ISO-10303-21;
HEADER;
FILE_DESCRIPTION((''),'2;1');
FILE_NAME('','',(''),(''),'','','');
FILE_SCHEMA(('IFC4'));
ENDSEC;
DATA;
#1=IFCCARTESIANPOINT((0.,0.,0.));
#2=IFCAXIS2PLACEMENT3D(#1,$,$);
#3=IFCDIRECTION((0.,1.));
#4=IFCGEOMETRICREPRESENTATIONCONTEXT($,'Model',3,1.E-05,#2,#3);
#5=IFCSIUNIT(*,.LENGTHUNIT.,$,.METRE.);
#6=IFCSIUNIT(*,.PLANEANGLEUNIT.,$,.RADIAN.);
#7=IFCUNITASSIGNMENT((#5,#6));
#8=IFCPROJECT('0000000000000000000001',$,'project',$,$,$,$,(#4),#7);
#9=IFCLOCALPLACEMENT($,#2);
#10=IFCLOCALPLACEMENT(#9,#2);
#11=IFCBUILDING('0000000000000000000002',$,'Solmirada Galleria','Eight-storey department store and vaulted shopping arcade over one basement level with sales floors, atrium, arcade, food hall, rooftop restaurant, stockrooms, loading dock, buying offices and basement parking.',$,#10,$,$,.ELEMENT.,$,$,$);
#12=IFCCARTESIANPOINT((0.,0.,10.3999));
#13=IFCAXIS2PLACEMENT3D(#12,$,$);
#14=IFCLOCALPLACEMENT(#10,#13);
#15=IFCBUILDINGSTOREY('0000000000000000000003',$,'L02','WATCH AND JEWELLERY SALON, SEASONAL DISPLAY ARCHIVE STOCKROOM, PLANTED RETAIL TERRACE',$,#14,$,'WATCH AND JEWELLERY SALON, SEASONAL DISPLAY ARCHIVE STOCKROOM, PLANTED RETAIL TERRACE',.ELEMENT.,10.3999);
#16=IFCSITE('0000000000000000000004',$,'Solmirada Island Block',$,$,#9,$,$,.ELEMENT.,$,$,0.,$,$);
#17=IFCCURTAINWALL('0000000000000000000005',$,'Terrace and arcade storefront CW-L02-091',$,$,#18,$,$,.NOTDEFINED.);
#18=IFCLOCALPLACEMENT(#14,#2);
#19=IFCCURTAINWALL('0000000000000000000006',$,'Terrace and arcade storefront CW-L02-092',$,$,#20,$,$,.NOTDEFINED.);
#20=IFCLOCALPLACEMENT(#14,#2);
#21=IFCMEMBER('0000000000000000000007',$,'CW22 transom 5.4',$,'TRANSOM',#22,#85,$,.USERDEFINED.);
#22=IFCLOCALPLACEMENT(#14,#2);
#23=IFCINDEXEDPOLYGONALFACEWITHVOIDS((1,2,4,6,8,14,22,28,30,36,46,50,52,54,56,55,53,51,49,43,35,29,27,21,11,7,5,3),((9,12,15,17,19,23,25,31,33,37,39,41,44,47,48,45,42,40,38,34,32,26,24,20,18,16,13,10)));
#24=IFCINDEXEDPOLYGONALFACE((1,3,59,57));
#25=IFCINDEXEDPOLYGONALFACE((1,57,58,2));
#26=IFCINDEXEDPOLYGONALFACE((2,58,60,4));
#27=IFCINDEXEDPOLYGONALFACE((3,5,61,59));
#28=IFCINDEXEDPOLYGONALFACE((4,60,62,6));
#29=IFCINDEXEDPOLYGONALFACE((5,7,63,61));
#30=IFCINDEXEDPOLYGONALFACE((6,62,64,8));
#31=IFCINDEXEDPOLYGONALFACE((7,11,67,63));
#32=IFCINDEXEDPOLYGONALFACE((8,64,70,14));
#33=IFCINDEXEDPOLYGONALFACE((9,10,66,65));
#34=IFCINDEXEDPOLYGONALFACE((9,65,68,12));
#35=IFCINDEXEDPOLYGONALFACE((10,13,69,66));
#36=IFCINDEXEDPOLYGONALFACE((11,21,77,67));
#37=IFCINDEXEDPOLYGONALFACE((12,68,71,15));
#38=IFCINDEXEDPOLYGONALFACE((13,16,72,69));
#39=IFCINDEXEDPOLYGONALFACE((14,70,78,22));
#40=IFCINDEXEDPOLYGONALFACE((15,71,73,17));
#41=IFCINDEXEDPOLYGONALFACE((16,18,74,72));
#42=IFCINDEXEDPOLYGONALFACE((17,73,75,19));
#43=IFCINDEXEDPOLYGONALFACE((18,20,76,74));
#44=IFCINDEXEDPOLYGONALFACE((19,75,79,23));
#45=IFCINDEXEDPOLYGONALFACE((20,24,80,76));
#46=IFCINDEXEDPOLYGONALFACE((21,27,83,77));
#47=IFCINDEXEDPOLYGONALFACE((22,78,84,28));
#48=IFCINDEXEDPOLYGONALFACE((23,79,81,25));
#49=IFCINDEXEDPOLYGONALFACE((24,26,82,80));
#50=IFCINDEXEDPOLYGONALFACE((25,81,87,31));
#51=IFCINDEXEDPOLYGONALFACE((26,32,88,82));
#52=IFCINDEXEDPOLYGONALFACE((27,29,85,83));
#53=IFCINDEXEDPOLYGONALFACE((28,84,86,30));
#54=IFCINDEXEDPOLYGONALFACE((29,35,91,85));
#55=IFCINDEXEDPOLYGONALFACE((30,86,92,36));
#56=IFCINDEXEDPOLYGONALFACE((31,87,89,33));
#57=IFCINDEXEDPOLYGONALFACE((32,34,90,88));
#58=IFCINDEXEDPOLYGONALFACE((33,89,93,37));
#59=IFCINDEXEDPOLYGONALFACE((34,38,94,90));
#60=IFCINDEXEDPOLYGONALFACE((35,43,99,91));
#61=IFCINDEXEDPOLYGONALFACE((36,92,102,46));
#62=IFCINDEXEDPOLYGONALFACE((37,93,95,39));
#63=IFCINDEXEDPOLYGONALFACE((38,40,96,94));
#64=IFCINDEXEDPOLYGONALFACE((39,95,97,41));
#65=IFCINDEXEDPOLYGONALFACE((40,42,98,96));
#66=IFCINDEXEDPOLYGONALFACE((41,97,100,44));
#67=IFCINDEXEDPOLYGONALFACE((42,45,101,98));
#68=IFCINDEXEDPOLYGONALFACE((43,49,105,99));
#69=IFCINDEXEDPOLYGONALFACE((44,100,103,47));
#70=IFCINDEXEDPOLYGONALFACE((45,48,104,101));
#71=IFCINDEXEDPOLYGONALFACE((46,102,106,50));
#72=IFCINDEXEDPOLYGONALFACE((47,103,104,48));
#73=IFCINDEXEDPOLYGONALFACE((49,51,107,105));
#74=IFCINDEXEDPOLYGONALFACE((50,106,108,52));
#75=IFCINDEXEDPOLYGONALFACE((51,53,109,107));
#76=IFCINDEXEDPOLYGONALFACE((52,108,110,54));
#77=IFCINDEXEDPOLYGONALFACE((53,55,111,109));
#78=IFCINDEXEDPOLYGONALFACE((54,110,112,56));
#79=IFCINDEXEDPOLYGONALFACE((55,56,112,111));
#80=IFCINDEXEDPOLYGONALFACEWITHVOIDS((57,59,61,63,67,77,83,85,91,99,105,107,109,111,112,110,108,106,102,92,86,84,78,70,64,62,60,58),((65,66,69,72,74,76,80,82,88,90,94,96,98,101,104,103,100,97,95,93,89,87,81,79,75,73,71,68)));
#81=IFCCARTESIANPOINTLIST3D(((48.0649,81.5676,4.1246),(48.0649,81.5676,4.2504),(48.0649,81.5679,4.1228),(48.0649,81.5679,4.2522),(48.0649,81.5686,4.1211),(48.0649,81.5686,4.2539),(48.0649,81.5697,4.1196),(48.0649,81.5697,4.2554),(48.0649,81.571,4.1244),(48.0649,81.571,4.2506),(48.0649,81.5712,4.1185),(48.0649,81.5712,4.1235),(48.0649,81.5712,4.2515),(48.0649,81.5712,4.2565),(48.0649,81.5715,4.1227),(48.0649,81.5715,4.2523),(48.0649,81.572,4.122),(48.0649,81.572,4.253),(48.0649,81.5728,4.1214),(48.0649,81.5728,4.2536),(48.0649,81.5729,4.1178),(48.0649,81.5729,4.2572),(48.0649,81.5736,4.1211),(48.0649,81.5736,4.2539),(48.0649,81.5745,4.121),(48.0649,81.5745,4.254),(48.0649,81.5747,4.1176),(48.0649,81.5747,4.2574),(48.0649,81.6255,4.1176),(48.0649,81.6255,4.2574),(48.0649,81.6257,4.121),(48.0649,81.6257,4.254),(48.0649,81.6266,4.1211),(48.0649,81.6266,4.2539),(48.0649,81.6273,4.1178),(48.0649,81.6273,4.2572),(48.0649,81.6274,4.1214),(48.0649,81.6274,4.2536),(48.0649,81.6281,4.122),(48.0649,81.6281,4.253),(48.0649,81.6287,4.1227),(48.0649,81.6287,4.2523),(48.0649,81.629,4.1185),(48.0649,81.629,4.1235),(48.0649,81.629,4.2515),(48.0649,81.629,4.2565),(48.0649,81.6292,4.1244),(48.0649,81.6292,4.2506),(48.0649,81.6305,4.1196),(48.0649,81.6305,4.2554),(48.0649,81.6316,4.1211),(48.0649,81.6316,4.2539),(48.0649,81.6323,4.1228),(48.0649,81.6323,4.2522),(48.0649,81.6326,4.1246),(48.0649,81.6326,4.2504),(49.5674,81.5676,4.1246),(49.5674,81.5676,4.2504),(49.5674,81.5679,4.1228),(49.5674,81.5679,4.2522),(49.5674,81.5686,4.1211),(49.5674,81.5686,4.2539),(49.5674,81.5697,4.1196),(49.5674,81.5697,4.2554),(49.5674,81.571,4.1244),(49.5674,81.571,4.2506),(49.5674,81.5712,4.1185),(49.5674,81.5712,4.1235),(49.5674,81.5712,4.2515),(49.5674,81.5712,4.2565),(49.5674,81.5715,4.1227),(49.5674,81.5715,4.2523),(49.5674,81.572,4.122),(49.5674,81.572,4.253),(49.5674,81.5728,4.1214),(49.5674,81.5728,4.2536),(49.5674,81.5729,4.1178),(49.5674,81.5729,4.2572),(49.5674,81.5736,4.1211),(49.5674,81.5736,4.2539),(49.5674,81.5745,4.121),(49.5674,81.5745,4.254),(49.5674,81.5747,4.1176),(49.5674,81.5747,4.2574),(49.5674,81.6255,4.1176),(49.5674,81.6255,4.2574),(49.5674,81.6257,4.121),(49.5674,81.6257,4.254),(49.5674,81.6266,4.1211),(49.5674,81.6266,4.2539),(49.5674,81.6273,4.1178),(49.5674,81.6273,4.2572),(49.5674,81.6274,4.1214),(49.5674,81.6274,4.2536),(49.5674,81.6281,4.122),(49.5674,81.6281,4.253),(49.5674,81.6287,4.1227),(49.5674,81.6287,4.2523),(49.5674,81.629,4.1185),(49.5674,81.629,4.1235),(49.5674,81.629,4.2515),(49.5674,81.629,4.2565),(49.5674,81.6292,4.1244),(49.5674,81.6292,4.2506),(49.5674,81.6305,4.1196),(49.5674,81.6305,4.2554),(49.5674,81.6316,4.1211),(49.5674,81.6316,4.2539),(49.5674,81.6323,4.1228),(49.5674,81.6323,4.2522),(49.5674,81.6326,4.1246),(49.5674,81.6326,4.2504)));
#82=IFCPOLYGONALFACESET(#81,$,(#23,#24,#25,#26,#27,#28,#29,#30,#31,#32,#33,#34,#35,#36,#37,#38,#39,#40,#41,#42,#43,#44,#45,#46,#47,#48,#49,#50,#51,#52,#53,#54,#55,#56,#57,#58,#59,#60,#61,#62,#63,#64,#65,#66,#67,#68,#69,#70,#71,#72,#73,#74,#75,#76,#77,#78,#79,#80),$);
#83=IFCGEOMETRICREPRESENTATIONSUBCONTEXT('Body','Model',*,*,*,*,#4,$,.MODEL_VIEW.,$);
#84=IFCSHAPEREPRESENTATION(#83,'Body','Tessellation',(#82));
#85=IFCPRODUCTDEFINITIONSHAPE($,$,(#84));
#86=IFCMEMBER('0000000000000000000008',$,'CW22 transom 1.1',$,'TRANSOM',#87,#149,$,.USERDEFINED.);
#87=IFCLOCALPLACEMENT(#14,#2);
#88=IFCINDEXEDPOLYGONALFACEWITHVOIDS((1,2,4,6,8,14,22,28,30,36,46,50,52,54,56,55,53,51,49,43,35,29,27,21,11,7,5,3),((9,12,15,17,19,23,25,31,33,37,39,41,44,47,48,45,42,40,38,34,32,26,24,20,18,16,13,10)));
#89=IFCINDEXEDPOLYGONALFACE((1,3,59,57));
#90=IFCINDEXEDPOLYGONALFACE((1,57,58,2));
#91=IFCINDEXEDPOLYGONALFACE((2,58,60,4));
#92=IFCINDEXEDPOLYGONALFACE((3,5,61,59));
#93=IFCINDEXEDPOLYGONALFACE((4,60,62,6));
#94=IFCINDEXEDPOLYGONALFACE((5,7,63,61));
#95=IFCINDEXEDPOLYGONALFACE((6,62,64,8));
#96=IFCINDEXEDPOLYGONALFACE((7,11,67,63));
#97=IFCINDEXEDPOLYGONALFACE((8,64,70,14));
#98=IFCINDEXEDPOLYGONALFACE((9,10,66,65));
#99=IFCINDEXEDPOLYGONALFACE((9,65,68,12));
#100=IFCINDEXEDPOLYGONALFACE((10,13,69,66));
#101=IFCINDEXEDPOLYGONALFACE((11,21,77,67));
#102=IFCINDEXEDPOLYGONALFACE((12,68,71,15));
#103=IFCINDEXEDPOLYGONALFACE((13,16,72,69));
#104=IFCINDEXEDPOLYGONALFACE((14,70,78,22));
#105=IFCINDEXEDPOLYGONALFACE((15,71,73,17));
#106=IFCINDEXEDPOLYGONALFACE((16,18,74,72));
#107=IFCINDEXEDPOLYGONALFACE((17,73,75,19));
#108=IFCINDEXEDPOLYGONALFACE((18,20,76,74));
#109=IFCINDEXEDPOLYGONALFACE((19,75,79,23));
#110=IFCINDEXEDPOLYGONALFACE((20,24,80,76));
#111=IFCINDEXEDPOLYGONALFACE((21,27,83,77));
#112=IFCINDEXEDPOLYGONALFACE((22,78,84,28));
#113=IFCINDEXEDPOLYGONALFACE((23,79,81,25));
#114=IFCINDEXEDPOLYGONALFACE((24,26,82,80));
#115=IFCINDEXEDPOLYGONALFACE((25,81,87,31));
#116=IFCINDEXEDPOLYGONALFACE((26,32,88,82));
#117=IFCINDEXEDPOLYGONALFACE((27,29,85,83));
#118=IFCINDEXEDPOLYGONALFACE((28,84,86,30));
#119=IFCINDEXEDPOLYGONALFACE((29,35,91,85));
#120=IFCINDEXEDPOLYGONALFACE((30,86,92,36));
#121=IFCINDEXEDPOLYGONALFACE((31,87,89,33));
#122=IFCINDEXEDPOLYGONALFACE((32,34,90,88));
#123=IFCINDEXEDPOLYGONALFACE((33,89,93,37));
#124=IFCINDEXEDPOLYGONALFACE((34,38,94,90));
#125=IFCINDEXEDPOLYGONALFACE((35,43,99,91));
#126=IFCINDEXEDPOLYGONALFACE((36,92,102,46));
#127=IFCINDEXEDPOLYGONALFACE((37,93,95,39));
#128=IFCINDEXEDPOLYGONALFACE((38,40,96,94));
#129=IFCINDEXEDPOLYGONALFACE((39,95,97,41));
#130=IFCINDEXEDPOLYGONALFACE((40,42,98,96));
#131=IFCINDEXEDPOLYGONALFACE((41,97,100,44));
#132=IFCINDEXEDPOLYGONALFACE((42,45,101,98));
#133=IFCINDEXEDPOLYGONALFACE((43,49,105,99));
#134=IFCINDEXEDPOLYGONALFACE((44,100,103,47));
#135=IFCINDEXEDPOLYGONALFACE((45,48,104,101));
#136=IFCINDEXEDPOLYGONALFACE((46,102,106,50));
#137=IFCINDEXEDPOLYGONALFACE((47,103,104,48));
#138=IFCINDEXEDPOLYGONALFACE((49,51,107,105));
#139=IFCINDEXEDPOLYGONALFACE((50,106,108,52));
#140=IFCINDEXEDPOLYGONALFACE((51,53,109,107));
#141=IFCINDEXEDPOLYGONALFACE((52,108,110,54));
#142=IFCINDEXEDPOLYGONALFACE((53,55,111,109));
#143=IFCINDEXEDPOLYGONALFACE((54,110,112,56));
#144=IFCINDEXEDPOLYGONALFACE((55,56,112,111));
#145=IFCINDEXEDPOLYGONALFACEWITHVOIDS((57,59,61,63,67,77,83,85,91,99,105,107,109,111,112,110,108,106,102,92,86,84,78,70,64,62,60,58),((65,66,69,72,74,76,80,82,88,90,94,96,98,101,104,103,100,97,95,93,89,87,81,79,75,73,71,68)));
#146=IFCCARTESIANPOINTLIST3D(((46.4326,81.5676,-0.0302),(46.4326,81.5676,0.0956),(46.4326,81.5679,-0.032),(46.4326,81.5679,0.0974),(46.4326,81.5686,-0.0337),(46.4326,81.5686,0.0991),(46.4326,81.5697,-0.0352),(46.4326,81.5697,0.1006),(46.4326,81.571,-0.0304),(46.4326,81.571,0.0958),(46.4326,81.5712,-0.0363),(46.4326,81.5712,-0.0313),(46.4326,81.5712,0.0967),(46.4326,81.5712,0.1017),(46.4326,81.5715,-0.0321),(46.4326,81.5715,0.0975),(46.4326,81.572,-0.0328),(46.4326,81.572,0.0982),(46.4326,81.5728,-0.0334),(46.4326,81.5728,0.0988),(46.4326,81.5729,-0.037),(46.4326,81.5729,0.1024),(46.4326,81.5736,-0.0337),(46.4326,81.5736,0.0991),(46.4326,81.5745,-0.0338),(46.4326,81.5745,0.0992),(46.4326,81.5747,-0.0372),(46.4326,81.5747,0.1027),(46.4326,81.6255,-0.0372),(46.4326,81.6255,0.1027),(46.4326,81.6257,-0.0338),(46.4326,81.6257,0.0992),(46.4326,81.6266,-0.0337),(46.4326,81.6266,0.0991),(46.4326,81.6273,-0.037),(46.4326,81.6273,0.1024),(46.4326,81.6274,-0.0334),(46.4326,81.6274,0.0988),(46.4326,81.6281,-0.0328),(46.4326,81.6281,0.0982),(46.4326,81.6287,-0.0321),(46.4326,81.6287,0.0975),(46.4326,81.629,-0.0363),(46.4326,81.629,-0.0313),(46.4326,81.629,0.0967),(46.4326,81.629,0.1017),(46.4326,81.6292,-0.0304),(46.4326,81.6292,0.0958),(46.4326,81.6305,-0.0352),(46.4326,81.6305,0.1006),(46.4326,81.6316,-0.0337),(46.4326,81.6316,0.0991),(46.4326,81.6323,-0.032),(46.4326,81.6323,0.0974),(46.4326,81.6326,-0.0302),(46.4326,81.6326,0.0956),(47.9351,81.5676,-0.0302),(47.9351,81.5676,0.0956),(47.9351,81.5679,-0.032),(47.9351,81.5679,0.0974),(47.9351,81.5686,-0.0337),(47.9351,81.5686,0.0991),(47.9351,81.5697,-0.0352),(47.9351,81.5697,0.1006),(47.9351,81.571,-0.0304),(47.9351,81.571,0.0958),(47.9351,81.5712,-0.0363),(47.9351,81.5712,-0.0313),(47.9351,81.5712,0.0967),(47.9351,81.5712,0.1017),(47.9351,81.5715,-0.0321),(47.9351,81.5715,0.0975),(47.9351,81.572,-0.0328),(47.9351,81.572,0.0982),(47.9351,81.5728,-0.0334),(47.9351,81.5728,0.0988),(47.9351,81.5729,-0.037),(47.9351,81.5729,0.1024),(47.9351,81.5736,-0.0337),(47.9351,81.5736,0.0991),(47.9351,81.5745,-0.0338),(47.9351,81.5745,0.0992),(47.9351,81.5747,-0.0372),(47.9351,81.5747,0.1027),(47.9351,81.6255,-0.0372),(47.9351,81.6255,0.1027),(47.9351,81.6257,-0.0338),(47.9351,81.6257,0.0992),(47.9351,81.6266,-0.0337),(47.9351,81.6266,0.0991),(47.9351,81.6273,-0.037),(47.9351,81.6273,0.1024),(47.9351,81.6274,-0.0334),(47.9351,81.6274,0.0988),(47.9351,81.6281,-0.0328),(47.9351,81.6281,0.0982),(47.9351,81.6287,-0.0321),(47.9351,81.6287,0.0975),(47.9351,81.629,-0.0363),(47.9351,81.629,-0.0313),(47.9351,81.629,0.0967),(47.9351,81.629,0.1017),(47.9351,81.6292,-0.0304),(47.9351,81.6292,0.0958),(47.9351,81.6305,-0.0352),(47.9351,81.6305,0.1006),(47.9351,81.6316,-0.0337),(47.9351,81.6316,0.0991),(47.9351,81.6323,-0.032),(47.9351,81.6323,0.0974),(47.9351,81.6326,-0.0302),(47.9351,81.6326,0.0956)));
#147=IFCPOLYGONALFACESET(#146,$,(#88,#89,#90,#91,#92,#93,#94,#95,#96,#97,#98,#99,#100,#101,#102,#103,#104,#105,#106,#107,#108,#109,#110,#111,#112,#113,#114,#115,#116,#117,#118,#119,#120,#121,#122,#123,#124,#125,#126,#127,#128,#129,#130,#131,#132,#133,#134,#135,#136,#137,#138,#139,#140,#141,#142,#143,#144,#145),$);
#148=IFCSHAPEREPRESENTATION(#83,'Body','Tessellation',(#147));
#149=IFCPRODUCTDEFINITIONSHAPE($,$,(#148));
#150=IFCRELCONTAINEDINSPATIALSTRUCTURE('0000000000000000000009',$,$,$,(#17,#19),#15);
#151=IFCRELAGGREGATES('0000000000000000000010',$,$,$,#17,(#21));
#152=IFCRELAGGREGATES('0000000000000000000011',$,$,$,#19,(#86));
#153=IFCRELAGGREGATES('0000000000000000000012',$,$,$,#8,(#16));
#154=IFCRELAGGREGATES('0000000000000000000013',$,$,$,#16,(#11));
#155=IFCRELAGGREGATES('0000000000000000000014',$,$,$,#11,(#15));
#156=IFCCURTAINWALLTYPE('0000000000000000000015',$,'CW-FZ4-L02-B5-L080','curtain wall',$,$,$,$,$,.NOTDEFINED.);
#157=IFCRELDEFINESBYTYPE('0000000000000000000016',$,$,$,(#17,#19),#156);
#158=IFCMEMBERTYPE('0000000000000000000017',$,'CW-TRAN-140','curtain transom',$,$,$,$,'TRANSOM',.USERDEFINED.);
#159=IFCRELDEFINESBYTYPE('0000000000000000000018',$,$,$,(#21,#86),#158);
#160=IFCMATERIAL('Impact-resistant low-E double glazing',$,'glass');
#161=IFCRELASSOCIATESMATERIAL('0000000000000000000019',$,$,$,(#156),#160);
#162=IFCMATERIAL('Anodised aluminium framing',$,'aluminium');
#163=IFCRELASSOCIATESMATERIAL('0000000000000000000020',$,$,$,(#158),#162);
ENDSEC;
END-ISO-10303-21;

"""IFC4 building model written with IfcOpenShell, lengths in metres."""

from ifc_helpers import new_model, si_unit, direction, frame, origin, origin_2d, place, context, subcontext, project, spatial, hollow_rectangle, extrude, material, material_profile, profile_set, type_object, element, aggregate, save


model = new_model("IFC4")

# Units and contexts
model_context = context("Model", 3, precision=1e-05, world=origin(), true_north=direction((0.0, 1.0)))
body_context = subcontext(model_context, "Body", "Model", "MODEL_VIEW")
ifc_project = project(units=[si_unit("LENGTHUNIT", "METRE"), si_unit("PLANEANGLEUNIT", "RADIAN")], contexts=[model_context])

# Site, building, storey
site_placement = place(None, origin())
site = spatial("IfcSite", under=ifc_project, at=site_placement, Name="Solmirada Island Block", CompositionType="ELEMENT", RefElevation=0.0)
building_placement = place(site_placement, origin())
building = spatial("IfcBuilding", under=site, at=building_placement, Name="Solmirada Galleria", Description="Eight-storey department store and vaulted shopping arcade over one basement level with sales floors, atrium, arcade, food hall, rooftop restaurant, stockrooms, loading dock, buying offices and basement parking.", CompositionType="ELEMENT")
storey_placement = place(building_placement, frame((0.0, 0.0, 10.3999)))
storey = spatial("IfcBuildingStorey", under=building, at=storey_placement, Name="L02", Description="WATCH AND JEWELLERY SALON, SEASONAL DISPLAY ARCHIVE STOCKROOM, PLANTED RETAIL TERRACE", LongName="WATCH AND JEWELLERY SALON, SEASONAL DISPLAY ARCHIVE STOCKROOM, PLANTED RETAIL TERRACE", CompositionType="ELEMENT", Elevation=10.3999)

# Curtain walls
ifc_material_1 = material(Name="Impact-resistant low-E double glazing", Category="glass")
curtain_wall_type = type_object("IfcCurtainWallType", Name="CW-FZ4-L02-B5-L080", Description="curtain wall", PredefinedType="NOTDEFINED", material=ifc_material_1)
curtain_wall_1_placement = place(storey_placement, origin())
curtain_wall_1 = element("IfcCurtainWall", 1, at=curtain_wall_1_placement, inside=storey, type_object=curtain_wall_type, Name="Terrace and arcade storefront CW-L02-091", PredefinedType="NOTDEFINED")
ifc_material_2 = material(Name="Anodised aluminium framing", Category="aluminium")
curtain_wall_2_placement = place(storey_placement, origin())
curtain_wall_2 = element("IfcCurtainWall", 2, at=curtain_wall_2_placement, inside=storey, type_object=curtain_wall_type, Name="Terrace and arcade storefront CW-L02-092", PredefinedType="NOTDEFINED")

# Members
ifc_material_profile_1 = material_profile(ifc_material_2, hollow_rectangle(XDim=0.0649, YDim=0.1399, WallThickness=0.0034, InnerFilletRadius=0.0034, OuterFilletRadius=0.0071, at=origin_2d()), Name="ALU-TRAN-140X65")
ifc_profile_set_1 = profile_set([ifc_material_profile_1], Name="Anodised aluminium framing")
member_type_1 = type_object("IfcMemberType", Name="CW-TRAN-140", Description="curtain transom", ElementType="TRANSOM", PredefinedType="USERDEFINED", material=ifc_profile_set_1)
member_1_placement = place(storey_placement, frame((49.5674, 81.6001, 4.1875), z_axis=(-1.0, 0.0, 0.0), x_axis=(0.0, -1.0, 0.0)))
member_1 = element("IfcMember", 3, at=member_1_placement, type_object=member_type_1, Name="CW22 transom 5.4", ObjectType="TRANSOM", PredefinedType="USERDEFINED", context=body_context, shape_type="SweptSolid", body=[
    extrude(hollow_rectangle(XDim=0.0649, YDim=0.1399, WallThickness=0.0034, InnerFilletRadius=0.0034, OuterFilletRadius=0.0071, at=origin_2d()), origin(), (0.0, 0.0, 1.0), 1.5024),
])
member_2_placement = place(storey_placement, frame((47.9351, 81.6001, 0.0327), z_axis=(-1.0, 0.0, 0.0), x_axis=(0.0, -1.0, 0.0)))
member_2 = element("IfcMember", 4, at=member_2_placement, type_object=member_type_1, Name="CW22 transom 1.1", ObjectType="TRANSOM", PredefinedType="USERDEFINED", context=body_context, shape_type="SweptSolid", body=[
    extrude(hollow_rectangle(XDim=0.0649, YDim=0.1399, WallThickness=0.0034, InnerFilletRadius=0.0034, OuterFilletRadius=0.0071, at=origin_2d()), origin(), (0.0, 0.0, 1.0), 1.5024),
])

aggregate(curtain_wall_1, [member_1])
aggregate(curtain_wall_2, [member_2])

save(model, "model.ifc")
